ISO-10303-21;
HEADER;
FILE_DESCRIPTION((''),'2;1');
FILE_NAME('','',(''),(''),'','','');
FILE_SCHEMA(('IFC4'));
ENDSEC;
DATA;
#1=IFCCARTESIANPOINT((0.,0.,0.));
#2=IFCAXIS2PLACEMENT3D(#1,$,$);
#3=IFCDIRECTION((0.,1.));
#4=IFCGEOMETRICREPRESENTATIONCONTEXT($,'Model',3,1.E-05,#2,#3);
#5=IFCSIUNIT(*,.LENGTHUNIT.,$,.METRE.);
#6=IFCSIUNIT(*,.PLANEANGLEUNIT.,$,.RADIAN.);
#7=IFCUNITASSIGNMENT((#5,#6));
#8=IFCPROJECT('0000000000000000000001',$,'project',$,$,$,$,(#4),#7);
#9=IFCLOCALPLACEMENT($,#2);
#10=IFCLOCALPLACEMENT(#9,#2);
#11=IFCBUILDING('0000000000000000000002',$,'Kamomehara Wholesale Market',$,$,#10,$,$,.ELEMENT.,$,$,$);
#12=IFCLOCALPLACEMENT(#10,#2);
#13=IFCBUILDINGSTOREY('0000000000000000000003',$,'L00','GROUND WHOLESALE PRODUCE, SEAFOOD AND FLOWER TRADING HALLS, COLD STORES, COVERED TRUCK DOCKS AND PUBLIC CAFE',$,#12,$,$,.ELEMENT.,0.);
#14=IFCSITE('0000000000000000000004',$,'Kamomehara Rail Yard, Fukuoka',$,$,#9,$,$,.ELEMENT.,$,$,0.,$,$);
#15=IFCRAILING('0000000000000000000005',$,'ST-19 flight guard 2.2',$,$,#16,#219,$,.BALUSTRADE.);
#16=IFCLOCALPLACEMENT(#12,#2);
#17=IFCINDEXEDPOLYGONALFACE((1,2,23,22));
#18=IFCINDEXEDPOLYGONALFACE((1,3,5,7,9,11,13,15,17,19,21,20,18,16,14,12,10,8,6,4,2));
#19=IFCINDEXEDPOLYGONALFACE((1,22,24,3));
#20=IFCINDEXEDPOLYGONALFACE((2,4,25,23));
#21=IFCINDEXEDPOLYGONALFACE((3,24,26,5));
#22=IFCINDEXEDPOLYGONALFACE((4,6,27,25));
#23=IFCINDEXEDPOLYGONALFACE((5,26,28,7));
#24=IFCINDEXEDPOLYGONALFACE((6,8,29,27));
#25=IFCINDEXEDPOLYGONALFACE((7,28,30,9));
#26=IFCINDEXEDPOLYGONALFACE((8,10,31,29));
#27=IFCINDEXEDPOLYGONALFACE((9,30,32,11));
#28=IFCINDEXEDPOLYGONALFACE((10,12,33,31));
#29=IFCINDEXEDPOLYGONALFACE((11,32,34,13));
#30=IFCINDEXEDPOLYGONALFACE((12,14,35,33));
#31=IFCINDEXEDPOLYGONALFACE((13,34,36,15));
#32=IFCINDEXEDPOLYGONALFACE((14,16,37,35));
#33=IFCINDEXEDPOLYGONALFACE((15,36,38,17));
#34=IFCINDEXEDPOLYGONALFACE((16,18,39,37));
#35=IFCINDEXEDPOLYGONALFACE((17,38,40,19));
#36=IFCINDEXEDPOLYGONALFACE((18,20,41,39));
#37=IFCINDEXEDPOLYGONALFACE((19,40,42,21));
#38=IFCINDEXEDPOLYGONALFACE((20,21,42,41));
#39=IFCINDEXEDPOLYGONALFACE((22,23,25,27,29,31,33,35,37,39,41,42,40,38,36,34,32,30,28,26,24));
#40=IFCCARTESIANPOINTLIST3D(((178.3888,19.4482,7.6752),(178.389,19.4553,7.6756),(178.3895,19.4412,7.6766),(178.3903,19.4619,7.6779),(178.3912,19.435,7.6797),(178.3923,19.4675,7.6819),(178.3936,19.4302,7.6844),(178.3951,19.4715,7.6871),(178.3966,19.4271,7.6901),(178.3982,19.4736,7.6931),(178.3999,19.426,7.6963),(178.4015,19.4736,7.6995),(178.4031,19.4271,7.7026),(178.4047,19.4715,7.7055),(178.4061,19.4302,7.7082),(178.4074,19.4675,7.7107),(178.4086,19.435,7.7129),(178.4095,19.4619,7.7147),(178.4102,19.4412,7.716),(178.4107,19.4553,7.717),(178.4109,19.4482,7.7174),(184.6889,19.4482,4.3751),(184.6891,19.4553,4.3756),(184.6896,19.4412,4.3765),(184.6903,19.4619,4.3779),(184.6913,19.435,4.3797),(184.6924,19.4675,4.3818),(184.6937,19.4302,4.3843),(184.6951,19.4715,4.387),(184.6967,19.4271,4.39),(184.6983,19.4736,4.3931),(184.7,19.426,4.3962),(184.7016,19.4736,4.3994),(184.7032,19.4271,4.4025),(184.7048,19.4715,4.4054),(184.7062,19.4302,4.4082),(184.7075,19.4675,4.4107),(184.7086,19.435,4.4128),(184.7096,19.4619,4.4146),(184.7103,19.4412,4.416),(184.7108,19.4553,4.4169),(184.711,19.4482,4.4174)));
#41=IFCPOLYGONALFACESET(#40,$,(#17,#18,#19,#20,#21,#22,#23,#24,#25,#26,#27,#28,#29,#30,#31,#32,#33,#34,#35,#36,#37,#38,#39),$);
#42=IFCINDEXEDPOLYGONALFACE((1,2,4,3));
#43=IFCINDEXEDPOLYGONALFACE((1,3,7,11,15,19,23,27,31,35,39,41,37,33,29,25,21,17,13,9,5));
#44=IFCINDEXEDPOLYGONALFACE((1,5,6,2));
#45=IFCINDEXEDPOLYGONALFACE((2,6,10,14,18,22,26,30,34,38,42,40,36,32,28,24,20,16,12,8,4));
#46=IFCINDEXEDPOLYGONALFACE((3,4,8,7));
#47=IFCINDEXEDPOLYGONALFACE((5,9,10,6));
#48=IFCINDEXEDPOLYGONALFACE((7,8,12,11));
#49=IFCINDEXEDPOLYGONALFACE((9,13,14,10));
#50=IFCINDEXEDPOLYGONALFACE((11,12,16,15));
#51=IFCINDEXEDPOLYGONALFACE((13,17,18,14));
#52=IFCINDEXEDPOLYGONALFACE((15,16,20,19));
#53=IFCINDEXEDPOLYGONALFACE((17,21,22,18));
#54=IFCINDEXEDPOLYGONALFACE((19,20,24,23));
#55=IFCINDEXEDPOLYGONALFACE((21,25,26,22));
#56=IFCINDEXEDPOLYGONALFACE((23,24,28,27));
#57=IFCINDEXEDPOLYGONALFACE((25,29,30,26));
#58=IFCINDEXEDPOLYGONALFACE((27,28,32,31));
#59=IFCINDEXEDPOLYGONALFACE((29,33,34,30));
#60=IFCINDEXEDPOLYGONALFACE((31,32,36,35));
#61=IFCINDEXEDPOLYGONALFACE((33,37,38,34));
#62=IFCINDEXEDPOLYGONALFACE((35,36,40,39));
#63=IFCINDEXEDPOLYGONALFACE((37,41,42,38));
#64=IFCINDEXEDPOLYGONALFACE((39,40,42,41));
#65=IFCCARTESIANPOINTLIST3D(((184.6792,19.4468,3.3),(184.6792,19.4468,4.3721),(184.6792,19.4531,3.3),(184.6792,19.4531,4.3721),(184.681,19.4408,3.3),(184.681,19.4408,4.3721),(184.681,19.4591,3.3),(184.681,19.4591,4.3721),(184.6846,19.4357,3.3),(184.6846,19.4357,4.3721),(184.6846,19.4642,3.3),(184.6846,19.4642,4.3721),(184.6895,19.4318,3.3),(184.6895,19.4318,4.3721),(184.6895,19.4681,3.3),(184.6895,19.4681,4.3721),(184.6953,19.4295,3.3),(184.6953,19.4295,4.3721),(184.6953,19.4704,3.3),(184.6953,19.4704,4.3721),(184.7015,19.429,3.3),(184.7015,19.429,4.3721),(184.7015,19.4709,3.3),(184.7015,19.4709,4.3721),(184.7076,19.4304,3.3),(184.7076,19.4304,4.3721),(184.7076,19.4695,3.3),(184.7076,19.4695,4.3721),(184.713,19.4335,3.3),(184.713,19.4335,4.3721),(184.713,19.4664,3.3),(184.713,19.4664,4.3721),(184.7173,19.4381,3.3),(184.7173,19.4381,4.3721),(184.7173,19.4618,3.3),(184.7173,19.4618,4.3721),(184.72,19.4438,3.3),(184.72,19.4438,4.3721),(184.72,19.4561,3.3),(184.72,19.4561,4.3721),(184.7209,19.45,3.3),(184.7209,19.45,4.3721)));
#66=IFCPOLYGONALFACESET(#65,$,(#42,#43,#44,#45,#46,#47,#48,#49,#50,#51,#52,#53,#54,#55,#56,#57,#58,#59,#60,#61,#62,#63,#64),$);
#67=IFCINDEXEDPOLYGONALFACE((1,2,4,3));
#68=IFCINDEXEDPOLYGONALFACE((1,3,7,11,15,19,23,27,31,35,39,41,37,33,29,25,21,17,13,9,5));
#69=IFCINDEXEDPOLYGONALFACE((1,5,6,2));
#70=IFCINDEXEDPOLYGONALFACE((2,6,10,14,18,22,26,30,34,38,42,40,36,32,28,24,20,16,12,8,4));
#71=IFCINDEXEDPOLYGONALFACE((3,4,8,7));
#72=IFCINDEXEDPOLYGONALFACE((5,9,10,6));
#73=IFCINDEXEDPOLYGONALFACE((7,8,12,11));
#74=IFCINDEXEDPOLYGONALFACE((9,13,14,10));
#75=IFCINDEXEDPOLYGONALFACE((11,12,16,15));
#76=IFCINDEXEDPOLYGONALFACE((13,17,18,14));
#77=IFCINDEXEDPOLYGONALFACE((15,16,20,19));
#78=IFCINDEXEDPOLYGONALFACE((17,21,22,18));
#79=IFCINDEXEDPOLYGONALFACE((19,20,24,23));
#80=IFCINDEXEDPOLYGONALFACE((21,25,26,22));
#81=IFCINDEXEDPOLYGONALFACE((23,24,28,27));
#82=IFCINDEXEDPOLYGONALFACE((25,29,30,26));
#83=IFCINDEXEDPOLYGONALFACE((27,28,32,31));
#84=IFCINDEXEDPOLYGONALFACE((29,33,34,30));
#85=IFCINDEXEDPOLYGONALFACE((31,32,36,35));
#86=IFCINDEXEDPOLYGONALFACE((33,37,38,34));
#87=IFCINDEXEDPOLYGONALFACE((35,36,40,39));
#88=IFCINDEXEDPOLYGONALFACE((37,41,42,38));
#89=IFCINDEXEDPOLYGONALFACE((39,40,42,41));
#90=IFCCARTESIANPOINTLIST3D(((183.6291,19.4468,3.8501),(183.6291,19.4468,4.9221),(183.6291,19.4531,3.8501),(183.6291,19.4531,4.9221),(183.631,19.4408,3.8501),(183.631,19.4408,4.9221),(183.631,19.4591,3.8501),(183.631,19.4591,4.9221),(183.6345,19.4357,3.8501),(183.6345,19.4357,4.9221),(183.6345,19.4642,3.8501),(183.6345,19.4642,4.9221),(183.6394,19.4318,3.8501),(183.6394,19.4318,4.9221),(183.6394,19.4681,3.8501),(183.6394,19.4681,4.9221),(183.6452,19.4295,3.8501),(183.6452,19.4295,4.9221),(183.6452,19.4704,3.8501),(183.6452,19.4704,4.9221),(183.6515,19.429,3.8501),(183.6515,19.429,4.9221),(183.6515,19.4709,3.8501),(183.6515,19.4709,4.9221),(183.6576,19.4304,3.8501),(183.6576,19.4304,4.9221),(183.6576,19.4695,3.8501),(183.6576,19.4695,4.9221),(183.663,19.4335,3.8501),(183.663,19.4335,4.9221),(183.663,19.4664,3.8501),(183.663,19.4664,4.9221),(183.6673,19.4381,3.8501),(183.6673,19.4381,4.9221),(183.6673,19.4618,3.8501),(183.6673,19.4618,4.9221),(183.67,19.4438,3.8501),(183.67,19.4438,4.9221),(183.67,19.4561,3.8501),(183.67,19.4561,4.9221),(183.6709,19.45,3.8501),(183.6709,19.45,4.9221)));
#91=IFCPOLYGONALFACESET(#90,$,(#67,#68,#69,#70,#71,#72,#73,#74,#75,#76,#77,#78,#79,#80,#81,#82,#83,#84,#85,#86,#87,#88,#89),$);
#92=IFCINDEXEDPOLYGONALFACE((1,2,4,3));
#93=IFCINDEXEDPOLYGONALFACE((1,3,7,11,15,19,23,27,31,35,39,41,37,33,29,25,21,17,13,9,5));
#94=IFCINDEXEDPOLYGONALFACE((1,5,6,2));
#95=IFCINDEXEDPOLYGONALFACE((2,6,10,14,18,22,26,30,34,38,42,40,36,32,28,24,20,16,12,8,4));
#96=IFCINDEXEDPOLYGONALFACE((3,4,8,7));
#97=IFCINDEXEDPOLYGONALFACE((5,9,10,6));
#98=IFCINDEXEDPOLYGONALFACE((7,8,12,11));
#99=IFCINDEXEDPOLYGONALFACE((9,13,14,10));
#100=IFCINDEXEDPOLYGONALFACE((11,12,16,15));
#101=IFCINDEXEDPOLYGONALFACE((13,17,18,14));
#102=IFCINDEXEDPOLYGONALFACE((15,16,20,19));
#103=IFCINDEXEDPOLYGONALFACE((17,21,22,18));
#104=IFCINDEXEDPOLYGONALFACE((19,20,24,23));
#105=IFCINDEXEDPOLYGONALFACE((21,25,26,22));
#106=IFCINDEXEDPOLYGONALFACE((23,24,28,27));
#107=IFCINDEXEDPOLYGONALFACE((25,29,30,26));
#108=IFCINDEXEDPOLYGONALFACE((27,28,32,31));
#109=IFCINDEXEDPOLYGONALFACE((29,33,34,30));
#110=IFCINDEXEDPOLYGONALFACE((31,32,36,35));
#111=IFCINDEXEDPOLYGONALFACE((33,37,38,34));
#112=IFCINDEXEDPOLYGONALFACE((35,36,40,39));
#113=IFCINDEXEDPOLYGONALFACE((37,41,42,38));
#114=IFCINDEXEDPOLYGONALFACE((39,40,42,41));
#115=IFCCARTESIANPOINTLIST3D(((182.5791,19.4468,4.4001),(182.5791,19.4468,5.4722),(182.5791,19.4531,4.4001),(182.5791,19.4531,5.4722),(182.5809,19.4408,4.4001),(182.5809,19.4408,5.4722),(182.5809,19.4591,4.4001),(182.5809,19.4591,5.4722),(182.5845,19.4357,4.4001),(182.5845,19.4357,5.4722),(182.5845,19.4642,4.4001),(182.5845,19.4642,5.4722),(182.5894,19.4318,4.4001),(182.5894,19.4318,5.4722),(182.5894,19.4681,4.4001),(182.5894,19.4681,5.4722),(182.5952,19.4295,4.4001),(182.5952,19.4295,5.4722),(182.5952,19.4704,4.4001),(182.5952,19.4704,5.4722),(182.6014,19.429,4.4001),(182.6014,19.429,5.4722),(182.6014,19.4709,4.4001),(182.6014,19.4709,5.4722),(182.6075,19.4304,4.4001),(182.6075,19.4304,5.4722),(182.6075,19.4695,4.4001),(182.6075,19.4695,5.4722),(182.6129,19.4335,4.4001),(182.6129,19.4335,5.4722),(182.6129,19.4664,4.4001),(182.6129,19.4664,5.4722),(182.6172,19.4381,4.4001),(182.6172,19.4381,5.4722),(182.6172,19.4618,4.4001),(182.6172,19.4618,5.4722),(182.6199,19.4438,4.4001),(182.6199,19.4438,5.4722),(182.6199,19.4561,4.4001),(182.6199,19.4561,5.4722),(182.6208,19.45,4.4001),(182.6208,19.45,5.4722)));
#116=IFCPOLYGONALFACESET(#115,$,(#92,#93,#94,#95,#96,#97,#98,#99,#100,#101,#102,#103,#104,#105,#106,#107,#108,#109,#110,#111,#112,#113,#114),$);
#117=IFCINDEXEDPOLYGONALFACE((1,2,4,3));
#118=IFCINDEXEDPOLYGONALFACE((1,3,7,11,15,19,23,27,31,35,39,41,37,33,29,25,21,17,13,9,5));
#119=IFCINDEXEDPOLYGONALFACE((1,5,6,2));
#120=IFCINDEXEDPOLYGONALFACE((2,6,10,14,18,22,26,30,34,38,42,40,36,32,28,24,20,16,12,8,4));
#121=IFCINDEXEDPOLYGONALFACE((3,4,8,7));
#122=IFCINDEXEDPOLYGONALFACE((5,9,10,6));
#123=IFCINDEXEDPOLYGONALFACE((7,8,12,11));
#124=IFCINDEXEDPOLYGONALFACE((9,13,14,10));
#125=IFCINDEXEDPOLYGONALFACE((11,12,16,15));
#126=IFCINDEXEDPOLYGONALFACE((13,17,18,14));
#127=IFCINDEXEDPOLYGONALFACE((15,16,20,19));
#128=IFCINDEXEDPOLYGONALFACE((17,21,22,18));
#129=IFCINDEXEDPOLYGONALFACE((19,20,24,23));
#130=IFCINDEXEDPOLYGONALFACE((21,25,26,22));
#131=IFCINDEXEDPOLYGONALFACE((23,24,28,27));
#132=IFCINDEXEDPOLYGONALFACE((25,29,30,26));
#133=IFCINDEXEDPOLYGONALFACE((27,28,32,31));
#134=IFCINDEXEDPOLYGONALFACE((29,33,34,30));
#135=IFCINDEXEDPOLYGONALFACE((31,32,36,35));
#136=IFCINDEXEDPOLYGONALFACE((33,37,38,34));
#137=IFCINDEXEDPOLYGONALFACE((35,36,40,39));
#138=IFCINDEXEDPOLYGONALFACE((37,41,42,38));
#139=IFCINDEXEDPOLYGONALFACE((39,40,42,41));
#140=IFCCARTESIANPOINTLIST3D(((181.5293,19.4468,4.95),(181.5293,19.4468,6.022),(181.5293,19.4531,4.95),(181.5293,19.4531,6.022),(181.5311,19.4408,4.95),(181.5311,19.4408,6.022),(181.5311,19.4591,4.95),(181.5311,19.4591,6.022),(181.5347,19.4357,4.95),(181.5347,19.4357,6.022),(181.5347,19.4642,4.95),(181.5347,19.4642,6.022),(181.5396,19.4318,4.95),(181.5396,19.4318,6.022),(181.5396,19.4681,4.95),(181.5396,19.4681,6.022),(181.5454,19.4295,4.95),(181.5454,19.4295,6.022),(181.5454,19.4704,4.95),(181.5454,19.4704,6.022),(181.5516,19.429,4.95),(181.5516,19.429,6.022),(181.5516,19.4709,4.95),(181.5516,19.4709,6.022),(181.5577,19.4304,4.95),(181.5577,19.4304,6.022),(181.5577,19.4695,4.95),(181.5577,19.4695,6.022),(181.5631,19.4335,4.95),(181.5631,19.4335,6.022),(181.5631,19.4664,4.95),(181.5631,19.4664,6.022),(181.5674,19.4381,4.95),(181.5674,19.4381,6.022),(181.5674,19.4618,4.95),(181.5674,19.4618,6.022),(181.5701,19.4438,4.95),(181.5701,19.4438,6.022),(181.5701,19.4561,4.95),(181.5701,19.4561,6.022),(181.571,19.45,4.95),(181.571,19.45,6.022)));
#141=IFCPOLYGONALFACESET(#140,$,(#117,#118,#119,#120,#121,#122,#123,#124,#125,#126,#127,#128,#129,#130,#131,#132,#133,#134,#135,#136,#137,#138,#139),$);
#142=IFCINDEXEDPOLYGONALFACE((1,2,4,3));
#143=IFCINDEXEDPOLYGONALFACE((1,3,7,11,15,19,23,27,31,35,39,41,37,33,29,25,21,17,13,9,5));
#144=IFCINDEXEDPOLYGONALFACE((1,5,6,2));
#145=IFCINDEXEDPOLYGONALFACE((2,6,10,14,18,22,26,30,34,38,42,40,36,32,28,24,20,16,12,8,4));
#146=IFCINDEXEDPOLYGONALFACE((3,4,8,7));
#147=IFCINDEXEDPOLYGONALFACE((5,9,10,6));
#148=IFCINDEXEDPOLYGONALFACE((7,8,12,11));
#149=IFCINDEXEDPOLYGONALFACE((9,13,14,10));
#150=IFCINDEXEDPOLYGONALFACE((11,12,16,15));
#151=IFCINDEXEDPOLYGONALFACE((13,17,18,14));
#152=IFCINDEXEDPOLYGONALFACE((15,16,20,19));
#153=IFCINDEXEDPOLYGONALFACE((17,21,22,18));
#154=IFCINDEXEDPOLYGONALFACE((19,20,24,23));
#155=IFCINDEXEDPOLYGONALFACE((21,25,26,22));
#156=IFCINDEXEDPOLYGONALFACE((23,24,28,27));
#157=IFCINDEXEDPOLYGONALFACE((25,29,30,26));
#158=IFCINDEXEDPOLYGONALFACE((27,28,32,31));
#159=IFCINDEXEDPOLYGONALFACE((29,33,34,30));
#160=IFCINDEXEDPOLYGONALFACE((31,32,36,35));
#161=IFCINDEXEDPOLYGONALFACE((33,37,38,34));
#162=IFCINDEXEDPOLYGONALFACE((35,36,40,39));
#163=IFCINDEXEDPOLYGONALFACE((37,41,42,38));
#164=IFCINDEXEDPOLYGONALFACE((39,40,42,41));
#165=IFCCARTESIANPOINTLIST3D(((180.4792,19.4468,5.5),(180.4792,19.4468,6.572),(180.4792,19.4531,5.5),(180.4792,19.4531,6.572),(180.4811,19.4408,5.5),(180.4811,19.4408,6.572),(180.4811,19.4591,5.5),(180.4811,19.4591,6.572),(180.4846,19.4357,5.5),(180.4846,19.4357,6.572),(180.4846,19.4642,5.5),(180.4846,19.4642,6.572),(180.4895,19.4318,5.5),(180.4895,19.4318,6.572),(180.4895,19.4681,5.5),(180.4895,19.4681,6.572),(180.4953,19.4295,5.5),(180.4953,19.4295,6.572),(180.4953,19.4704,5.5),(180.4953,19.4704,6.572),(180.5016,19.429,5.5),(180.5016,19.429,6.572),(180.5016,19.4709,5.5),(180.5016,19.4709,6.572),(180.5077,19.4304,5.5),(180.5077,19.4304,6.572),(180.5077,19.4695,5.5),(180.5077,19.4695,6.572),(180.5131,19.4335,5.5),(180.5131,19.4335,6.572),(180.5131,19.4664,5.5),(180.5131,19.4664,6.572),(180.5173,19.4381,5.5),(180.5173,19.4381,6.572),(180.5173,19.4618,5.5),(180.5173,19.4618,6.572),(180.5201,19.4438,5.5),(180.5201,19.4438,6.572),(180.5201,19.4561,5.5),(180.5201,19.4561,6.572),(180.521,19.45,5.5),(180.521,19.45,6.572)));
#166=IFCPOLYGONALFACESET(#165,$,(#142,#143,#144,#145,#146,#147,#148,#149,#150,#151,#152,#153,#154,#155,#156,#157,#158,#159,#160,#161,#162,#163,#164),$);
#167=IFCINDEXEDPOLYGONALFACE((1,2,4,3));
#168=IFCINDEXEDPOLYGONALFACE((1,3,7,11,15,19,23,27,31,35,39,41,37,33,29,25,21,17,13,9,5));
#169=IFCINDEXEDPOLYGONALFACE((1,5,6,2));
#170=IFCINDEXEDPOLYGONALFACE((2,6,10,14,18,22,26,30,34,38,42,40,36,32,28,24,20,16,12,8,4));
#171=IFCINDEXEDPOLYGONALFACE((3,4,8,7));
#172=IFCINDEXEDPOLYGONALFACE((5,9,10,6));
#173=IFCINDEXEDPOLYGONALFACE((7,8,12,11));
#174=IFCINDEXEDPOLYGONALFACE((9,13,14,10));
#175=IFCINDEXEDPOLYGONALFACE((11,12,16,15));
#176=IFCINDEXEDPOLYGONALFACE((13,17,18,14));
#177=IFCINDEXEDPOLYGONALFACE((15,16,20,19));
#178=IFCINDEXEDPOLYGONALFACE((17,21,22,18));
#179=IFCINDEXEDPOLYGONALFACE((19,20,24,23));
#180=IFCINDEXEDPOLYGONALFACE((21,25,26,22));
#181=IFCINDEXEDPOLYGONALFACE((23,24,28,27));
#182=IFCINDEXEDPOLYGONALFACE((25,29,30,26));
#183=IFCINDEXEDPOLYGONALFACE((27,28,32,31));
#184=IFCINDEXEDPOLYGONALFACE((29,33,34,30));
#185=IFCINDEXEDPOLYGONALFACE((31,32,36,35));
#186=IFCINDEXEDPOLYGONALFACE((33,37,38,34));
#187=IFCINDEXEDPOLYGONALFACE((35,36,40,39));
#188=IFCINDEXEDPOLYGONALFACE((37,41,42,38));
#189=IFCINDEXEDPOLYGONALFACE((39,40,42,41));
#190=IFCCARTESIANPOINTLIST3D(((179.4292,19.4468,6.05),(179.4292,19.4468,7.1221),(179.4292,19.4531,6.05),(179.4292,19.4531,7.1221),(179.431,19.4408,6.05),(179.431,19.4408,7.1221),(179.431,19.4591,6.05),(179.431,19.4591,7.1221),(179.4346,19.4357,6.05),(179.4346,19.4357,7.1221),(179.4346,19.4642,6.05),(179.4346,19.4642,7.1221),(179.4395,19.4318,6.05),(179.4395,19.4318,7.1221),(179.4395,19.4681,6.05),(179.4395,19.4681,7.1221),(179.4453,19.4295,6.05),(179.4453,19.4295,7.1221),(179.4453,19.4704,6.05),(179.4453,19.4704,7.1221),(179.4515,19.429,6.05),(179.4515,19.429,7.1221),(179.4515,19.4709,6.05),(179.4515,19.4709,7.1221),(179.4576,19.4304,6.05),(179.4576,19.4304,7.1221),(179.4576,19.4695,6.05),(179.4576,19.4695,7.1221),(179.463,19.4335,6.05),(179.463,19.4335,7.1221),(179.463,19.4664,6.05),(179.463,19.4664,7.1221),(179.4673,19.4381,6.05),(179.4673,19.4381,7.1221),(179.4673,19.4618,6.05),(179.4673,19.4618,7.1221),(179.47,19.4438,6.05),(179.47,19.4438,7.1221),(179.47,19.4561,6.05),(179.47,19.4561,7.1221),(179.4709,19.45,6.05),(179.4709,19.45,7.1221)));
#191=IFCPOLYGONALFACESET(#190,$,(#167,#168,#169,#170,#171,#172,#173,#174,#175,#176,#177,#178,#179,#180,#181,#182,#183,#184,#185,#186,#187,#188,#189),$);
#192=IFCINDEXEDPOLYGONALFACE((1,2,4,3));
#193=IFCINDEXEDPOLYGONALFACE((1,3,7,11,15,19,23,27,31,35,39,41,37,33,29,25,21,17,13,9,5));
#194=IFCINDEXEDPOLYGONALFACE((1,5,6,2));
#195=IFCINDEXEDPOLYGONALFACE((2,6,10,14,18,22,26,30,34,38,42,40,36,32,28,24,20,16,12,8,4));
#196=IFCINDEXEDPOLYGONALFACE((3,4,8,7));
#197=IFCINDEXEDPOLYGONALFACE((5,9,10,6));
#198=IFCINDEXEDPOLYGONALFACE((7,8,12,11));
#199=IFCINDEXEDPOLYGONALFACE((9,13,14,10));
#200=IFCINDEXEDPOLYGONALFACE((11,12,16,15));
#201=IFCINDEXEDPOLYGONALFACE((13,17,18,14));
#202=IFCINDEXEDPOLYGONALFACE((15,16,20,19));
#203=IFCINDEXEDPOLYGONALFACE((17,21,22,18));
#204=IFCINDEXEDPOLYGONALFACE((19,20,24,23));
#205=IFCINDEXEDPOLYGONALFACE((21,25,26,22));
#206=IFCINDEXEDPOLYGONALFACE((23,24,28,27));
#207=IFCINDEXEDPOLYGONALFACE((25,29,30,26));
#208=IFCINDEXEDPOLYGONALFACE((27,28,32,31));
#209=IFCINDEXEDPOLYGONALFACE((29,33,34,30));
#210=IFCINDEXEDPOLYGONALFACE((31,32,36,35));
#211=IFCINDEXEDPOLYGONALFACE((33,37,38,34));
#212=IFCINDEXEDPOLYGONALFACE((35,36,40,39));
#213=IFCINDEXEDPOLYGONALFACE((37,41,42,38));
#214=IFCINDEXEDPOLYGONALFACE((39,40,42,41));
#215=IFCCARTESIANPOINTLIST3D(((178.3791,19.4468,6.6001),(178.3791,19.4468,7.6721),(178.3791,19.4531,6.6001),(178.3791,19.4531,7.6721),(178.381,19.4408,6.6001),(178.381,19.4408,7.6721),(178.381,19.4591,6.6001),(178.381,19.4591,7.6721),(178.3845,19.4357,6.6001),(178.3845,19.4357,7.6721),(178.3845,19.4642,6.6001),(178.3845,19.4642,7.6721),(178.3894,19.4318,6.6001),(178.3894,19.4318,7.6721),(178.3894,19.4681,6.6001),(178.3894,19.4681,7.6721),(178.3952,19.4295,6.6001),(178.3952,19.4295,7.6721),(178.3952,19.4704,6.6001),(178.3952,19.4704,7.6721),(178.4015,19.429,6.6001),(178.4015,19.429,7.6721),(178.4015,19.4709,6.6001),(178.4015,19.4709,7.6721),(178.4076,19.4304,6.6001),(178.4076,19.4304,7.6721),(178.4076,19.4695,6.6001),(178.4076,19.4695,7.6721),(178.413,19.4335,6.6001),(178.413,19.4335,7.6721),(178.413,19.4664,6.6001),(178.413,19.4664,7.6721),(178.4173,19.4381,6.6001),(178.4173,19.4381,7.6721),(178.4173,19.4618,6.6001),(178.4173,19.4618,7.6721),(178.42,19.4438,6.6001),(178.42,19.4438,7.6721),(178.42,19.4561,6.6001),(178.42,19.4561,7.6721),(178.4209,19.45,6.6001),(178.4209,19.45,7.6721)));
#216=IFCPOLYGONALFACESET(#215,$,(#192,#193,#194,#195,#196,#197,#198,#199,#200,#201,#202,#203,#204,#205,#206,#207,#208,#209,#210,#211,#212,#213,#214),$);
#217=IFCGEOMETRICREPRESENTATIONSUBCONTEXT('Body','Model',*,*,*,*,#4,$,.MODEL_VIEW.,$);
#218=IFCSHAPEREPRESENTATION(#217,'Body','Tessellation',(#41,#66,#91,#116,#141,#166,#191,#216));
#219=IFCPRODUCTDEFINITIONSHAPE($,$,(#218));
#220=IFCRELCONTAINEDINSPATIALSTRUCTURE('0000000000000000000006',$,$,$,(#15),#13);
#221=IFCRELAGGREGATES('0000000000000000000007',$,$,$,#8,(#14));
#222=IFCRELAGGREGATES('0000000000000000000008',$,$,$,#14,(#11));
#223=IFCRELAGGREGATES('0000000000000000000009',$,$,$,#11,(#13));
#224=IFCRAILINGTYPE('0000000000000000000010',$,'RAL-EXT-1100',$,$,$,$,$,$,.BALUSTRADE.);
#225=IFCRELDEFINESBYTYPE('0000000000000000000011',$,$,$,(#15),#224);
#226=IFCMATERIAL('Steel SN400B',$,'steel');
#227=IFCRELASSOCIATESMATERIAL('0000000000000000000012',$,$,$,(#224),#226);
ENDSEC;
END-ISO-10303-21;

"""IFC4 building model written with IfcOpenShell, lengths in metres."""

from ifc_helpers import new_model, si_unit, direction, frame, origin, origin_2d, place, context, subcontext, project, spatial, circle, extrude, material, type_object, element, save


model = new_model("IFC4")

# Units and contexts
model_context = context("Model", 3, precision=1e-05, world=origin(), true_north=direction((0.0, 1.0)))
body_context = subcontext(model_context, "Body", "Model", "MODEL_VIEW")
ifc_project = project(units=[si_unit("LENGTHUNIT", "METRE"), si_unit("PLANEANGLEUNIT", "RADIAN")], contexts=[model_context])

# Site, building, storey
site_placement = place(None, origin())
site = spatial("IfcSite", under=ifc_project, at=site_placement, Name="Kamomehara Rail Yard, Fukuoka", CompositionType="ELEMENT", RefElevation=0.0)
building_placement = place(site_placement, origin())
building = spatial("IfcBuilding", under=site, at=building_placement, Name="Kamomehara Wholesale Market", CompositionType="ELEMENT")
storey_placement = place(building_placement, origin())
storey = spatial("IfcBuildingStorey", under=building, at=storey_placement, Name="L00", Description="GROUND WHOLESALE PRODUCE, SEAFOOD AND FLOWER TRADING HALLS, COLD STORES, COVERED TRUCK DOCKS AND PUBLIC CAFE", CompositionType="ELEMENT", Elevation=0.0)

# Railing
ifc_material_1 = material(Name="Steel SN400B", Category="steel")
railing_type_1 = type_object("IfcRailingType", Name="RAL-EXT-1100", PredefinedType="BALUSTRADE", material=ifc_material_1)
railing_1_placement = place(storey_placement, frame((184.7, 19.45, 3.3)))
element("IfcRailing", 1, at=railing_1_placement, inside=storey, type_object=railing_type_1, Name="ST-19 flight guard 2.2", PredefinedType="BALUSTRADE", context=body_context, shape_type="SweptSolid", body=[
    extrude(circle(Radius=0.0239, at=origin_2d()), frame((0.0, 0.0, 1.0962), z_axis=(-0.88583, 0.0, 0.46401), x_axis=(0.0, -1.0, 0.0)), (0.0, 0.0, 1.0), 7.1121),
    extrude(circle(Radius=0.021, at=origin_2d()), origin(), (0.0, 0.0, 1.0), 1.072),
    extrude(circle(Radius=0.021, at=origin_2d()), frame((-1.05, 0.0, 0.55)), (0.0, 0.0, 1.0), 1.072),
    extrude(circle(Radius=0.021, at=origin_2d()), frame((-2.1001, 0.0, 1.1001)), (0.0, 0.0, 1.0), 1.072),
    extrude(circle(Radius=0.021, at=origin_2d()), frame((-3.1499, 0.0, 1.6499)), (0.0, 0.0, 1.0), 1.072),
    extrude(circle(Radius=0.021, at=origin_2d()), frame((-4.2, 0.0, 2.2)), (0.0, 0.0, 1.0), 1.072),
    extrude(circle(Radius=0.021, at=origin_2d()), frame((-5.25, 0.0, 2.75)), (0.0, 0.0, 1.0), 1.072),
    extrude(circle(Radius=0.021, at=origin_2d()), frame((-6.3, 0.0, 3.3)), (0.0, 0.0, 1.0), 1.072),
])

save(model, "model.ifc")
